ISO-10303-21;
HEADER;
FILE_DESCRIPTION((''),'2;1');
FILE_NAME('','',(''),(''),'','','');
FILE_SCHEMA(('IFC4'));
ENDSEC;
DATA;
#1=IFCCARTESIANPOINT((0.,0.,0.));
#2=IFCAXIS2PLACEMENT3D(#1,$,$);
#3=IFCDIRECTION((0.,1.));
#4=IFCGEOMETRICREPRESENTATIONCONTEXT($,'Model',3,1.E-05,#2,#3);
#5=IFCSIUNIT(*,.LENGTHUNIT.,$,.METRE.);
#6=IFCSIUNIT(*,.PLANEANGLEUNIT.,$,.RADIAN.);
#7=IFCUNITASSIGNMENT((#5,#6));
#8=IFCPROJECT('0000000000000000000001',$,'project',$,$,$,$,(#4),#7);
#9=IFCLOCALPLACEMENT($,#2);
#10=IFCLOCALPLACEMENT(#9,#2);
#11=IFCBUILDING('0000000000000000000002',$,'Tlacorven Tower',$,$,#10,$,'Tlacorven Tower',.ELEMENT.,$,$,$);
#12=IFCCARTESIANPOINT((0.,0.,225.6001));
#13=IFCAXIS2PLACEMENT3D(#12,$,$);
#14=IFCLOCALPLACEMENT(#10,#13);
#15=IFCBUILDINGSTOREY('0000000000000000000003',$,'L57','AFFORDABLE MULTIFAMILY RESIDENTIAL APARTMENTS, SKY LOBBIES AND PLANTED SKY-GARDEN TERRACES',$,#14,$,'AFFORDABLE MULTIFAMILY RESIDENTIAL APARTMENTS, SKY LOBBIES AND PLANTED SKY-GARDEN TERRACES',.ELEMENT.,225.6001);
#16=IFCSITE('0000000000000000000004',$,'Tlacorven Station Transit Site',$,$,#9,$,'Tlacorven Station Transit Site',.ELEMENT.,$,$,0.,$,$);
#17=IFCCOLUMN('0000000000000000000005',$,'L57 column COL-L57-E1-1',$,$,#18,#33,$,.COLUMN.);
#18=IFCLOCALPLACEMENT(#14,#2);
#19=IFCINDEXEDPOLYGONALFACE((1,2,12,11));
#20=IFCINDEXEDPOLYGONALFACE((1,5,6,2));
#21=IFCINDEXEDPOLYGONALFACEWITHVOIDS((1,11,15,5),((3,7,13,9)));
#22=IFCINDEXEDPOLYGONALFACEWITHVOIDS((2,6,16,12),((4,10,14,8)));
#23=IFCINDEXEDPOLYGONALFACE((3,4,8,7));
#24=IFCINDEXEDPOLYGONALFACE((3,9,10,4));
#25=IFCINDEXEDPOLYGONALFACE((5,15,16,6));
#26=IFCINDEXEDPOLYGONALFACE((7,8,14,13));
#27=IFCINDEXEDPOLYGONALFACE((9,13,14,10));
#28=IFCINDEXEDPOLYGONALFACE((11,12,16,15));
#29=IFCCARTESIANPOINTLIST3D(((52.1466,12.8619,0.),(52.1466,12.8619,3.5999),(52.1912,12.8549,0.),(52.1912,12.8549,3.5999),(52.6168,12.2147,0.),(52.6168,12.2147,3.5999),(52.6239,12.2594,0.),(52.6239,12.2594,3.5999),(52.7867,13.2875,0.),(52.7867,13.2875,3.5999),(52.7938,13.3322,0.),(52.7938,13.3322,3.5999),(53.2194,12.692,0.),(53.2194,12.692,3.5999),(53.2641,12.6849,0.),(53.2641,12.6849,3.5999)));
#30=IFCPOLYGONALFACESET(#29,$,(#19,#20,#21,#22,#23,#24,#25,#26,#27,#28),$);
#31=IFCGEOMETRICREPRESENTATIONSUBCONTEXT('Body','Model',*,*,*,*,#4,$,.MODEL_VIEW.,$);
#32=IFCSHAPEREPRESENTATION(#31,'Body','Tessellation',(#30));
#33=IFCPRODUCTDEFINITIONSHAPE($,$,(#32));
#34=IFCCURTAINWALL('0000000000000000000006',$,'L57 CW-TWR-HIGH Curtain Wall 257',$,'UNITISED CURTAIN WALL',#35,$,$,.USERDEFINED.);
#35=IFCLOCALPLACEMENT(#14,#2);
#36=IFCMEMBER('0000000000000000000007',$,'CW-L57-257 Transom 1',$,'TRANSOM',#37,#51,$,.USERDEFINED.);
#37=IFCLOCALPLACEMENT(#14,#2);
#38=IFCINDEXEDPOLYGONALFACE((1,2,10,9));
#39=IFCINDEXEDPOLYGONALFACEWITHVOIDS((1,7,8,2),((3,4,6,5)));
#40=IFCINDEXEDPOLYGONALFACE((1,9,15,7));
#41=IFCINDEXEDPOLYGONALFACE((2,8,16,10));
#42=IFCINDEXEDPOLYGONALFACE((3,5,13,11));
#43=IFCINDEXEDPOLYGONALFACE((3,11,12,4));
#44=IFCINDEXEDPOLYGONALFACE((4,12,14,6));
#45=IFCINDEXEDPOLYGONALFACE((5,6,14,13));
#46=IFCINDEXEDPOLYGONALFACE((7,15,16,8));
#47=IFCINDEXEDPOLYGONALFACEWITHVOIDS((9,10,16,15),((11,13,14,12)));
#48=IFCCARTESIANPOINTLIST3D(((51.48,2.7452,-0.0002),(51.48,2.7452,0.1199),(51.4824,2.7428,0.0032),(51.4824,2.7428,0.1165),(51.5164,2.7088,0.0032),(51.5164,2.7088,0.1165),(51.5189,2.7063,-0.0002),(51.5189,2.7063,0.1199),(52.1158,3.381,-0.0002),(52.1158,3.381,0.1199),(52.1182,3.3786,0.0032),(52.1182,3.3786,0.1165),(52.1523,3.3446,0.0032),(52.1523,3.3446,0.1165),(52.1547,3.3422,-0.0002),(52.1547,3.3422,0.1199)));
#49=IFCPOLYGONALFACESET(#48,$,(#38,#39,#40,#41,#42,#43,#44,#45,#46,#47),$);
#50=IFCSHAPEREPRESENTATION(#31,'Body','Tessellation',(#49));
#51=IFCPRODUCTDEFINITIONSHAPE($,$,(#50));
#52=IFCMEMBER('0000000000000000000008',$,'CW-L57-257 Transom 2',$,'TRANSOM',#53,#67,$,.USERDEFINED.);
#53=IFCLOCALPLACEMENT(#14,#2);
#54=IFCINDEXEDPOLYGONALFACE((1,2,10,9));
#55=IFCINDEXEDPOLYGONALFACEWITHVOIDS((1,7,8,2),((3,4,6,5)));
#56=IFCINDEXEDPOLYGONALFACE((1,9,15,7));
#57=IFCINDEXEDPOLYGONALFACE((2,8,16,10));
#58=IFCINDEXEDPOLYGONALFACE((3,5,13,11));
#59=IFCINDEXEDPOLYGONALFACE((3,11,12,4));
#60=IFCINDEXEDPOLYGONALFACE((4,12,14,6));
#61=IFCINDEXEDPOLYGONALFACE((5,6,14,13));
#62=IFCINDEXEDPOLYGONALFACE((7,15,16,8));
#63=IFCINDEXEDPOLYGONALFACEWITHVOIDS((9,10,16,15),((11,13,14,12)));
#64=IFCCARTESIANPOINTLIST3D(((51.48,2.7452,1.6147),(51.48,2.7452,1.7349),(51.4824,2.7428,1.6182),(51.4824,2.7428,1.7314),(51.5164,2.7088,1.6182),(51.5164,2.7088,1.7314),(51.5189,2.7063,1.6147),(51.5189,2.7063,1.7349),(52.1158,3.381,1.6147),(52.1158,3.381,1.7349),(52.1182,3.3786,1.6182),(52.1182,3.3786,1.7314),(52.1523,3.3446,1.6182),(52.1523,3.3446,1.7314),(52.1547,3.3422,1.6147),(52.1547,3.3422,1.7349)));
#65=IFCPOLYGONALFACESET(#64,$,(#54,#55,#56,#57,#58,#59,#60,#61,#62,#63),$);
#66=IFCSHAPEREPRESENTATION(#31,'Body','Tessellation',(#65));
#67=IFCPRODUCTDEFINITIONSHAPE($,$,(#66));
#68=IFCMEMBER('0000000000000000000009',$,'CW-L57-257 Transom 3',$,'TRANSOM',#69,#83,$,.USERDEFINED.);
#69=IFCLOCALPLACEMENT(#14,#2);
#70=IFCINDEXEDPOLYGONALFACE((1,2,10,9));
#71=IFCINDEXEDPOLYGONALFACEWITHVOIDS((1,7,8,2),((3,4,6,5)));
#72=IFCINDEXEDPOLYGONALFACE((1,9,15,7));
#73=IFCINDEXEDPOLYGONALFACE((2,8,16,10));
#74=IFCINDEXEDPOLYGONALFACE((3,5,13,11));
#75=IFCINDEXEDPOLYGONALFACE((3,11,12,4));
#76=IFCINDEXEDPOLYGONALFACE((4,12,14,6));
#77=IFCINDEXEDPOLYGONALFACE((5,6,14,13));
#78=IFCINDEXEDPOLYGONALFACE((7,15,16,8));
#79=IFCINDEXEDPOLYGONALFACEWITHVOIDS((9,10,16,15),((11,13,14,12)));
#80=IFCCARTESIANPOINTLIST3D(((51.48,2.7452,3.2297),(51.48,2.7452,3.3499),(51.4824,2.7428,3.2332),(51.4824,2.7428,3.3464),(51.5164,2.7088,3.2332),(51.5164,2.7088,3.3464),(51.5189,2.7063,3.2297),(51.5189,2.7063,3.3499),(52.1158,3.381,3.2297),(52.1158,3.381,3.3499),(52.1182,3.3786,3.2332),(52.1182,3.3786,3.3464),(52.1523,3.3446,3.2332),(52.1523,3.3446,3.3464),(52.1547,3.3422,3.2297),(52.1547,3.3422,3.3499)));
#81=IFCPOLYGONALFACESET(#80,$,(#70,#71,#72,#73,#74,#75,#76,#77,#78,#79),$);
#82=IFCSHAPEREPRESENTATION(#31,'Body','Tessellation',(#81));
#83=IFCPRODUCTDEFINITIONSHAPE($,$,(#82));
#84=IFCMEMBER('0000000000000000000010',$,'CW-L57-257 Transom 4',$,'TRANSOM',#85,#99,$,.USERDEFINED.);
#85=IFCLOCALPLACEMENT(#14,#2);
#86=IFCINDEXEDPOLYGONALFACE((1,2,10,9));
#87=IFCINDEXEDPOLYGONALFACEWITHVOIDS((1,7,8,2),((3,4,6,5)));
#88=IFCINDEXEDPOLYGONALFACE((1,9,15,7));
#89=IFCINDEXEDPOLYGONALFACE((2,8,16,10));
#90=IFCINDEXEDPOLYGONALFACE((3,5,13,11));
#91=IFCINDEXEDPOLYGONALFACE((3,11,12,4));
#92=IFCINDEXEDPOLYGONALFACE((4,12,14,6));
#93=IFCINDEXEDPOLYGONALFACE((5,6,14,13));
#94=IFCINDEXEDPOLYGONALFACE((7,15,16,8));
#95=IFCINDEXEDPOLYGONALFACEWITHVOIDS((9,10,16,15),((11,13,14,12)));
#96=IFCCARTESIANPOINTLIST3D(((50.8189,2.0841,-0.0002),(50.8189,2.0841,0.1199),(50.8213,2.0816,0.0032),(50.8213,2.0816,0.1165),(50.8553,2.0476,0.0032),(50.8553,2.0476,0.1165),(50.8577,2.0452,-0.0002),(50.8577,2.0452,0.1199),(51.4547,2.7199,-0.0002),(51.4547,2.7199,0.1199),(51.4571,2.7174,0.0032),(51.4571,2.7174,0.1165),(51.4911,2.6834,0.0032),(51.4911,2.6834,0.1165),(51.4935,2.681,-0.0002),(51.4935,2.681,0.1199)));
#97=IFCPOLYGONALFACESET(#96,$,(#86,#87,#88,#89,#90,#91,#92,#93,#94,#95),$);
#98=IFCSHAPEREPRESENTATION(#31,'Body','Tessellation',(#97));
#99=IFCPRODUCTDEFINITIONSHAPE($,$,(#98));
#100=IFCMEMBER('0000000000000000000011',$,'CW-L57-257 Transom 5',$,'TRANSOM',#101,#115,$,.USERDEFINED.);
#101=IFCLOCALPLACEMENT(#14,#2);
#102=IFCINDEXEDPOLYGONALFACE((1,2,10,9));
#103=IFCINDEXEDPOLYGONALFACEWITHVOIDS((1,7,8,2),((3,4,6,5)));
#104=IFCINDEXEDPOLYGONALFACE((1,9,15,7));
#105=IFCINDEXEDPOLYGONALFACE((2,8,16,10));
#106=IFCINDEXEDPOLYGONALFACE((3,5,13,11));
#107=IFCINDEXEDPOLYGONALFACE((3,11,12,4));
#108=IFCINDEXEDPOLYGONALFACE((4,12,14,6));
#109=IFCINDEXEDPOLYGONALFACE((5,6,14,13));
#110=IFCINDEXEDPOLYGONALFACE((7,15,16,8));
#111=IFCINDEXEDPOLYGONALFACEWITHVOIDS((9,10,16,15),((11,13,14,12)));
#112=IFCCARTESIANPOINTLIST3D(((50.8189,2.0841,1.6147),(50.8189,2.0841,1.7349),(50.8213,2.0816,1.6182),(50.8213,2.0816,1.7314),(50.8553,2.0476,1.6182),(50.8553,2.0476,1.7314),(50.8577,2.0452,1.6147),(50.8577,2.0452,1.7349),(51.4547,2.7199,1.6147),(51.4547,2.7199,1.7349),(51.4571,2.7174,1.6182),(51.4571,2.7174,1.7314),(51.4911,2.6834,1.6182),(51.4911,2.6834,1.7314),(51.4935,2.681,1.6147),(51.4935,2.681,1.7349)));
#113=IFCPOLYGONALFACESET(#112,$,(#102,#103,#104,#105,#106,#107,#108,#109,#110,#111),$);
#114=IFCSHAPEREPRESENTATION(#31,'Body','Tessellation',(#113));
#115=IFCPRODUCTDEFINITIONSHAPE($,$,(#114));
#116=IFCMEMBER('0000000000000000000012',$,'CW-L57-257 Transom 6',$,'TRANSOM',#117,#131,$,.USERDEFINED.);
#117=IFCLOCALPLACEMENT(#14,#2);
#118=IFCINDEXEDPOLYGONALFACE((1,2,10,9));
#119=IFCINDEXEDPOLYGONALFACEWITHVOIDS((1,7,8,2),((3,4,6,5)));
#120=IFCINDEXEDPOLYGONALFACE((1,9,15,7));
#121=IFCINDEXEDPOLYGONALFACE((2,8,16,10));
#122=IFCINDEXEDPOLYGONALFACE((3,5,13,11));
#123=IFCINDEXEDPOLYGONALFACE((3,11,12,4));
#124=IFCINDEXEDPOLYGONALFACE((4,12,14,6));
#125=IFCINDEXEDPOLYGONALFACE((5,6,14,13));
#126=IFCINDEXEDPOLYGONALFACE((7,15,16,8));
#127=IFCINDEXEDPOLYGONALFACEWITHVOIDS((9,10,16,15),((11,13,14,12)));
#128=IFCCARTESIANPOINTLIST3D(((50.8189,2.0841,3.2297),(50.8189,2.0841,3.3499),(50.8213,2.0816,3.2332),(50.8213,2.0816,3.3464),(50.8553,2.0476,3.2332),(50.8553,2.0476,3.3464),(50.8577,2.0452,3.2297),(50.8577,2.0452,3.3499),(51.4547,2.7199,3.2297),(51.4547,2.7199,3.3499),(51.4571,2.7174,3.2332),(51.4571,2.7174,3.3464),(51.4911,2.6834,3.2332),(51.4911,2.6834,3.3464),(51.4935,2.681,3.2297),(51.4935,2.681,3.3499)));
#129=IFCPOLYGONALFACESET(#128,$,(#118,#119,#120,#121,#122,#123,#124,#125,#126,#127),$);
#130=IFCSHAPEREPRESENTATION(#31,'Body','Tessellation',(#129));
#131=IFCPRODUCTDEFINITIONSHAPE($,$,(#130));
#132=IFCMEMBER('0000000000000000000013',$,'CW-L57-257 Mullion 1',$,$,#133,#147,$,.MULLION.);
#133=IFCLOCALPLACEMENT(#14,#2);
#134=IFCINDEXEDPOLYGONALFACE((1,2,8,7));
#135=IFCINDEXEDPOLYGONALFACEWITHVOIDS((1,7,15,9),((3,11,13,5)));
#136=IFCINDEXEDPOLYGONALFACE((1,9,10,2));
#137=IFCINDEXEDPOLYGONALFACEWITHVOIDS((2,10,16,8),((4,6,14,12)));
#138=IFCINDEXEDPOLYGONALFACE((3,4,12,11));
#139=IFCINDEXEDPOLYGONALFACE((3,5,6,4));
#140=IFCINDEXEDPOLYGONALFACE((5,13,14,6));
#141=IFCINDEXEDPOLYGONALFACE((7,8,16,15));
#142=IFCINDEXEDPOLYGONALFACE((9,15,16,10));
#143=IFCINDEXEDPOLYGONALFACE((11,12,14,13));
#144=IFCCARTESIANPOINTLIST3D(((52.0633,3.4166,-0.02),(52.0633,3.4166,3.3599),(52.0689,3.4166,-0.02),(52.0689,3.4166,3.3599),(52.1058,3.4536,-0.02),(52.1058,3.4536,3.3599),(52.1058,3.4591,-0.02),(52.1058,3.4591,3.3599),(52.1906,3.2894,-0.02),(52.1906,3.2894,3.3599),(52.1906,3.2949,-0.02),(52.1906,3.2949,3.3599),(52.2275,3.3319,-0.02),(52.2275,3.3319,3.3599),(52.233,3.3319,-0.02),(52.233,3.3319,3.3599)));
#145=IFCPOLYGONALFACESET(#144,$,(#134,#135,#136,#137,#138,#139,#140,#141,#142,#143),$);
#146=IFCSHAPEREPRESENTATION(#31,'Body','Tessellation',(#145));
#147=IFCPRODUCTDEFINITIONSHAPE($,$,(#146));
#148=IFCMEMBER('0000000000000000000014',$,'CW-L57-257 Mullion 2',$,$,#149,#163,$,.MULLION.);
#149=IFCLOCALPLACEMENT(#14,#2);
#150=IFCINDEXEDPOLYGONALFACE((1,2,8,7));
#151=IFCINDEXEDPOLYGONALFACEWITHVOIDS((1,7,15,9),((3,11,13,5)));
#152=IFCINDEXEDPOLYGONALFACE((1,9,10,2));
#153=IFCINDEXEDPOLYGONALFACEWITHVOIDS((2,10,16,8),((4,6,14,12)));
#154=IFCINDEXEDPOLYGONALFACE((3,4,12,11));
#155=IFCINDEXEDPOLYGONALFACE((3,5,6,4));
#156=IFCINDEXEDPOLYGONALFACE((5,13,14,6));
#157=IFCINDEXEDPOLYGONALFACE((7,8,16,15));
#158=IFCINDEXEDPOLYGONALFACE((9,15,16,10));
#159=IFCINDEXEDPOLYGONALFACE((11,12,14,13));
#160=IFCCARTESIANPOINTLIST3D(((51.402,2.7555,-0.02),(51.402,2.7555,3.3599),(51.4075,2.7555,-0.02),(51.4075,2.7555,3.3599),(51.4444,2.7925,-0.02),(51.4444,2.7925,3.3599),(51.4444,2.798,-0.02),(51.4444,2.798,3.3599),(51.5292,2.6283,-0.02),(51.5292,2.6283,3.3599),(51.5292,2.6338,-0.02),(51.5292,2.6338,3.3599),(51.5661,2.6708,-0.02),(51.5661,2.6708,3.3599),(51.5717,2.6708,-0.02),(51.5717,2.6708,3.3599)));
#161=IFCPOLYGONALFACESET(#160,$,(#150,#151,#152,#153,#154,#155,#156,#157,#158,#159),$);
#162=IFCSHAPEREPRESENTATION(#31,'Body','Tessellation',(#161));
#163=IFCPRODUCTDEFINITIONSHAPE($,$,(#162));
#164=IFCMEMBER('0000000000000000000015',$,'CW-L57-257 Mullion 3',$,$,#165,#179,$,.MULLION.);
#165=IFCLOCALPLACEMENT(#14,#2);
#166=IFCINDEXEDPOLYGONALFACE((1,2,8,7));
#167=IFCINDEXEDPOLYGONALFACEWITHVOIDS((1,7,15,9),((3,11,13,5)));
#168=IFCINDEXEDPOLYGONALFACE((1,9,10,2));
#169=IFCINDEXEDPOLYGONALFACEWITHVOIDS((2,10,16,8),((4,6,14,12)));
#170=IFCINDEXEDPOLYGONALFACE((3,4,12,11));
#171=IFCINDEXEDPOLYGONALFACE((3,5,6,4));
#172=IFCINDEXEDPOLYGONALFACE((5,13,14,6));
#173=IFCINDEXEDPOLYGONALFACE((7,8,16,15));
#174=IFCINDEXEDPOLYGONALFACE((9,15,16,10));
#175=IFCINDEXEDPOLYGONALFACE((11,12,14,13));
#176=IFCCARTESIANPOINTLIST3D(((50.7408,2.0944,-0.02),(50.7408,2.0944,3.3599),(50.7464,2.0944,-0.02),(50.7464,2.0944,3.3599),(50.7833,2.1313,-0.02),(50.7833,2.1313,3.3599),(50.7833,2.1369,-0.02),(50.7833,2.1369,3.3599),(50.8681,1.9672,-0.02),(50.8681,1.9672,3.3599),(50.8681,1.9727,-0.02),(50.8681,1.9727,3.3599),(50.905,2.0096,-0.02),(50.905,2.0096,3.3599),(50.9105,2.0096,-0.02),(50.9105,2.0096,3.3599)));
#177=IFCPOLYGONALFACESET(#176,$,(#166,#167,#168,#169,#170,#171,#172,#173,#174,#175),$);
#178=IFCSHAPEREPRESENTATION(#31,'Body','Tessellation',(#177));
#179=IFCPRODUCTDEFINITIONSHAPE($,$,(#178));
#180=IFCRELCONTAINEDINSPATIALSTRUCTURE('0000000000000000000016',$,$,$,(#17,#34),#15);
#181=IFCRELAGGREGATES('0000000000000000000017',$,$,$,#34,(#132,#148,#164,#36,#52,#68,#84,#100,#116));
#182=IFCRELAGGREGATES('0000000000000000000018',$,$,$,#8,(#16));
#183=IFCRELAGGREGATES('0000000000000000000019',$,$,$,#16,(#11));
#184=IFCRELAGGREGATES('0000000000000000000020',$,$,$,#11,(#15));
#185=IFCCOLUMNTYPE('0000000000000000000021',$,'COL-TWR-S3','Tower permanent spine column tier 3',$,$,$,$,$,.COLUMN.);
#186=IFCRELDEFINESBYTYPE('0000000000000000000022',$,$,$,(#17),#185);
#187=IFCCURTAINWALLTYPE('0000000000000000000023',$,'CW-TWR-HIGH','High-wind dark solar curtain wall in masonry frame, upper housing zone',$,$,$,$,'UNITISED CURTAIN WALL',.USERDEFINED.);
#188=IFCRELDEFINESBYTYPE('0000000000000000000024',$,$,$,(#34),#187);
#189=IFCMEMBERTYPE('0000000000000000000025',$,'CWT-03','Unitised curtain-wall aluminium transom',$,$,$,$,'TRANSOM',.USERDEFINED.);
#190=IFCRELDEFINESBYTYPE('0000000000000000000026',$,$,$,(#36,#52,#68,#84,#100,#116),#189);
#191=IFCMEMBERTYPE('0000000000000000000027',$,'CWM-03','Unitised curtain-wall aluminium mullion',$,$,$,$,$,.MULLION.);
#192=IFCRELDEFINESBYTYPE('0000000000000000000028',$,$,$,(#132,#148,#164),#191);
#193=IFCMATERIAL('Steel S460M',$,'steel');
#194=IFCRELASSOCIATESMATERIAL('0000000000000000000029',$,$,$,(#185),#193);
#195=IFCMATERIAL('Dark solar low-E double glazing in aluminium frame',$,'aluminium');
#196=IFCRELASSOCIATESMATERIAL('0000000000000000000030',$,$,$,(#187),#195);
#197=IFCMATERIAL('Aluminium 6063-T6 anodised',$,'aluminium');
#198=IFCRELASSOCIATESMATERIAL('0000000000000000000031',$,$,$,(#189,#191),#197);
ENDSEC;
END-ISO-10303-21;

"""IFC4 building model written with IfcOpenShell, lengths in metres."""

from ifc_helpers import new_model, si_unit, direction, frame, origin, origin_2d, place, context, subcontext, project, spatial, hollow_rectangle, extrude, source, transform, mapped, material, material_profile, profile_set, type_object, element, aggregate, save


model = new_model("IFC4")

# Units and contexts
model_context = context("Model", 3, precision=1e-05, world=origin(), true_north=direction((0.0, 1.0)))
body_context = subcontext(model_context, "Body", "Model", "MODEL_VIEW")
ifc_project = project(units=[si_unit("LENGTHUNIT", "METRE"), si_unit("PLANEANGLEUNIT", "RADIAN")], contexts=[model_context])

# Site, building, storey
site_placement = place(None, origin())
site = spatial("IfcSite", under=ifc_project, at=site_placement, Name="Tlacorven Station Transit Site", LongName="Tlacorven Station Transit Site", CompositionType="ELEMENT", RefElevation=0.0)
building_placement = place(site_placement, origin())
building = spatial("IfcBuilding", under=site, at=building_placement, Name="Tlacorven Tower", LongName="Tlacorven Tower", CompositionType="ELEMENT")
storey_placement = place(building_placement, frame((0.0, 0.0, 225.6001)))
storey = spatial("IfcBuildingStorey", under=building, at=storey_placement, Name="L57", Description="AFFORDABLE MULTIFAMILY RESIDENTIAL APARTMENTS, SKY LOBBIES AND PLANTED SKY-GARDEN TERRACES", LongName="AFFORDABLE MULTIFAMILY RESIDENTIAL APARTMENTS, SKY LOBBIES AND PLANTED SKY-GARDEN TERRACES", CompositionType="ELEMENT", Elevation=225.6001)

# Column
ifc_material_1 = material(Name="Steel S460M", Category="steel")
ifc_material_profile_1 = material_profile(ifc_material_1, hollow_rectangle(XDim=0.8, YDim=0.8, WallThickness=0.032, at=origin_2d()), Name="BOX 800X800X32")
ifc_profile_set_1 = profile_set([ifc_material_profile_1], Name="Steel S460M")
column_type = type_object("IfcColumnType", Name="COL-TWR-S3", Description="Tower permanent spine column tier 3", PredefinedType="COLUMN", material=ifc_profile_set_1)
shared_shape_1 = source(origin(), body_context, "Body", "SweptSolid", [
    extrude(hollow_rectangle(XDim=0.8, YDim=0.8, WallThickness=0.032, at=origin_2d()), origin(), (0.0, 0.0, 1.0), 3.5999),
])
column_placement = place(storey_placement, frame((52.7053, 12.7734, 0.0), z_axis=(0.0, 0.0, 1.0), x_axis=(0.809017, 0.587785, 0.0)))
element("IfcColumn", 1, at=column_placement, inside=storey, type_object=column_type, Name="L57 column COL-L57-E1-1", PredefinedType="COLUMN", context=body_context, shape_type="MappedRepresentation", body=[
    mapped(shared_shape_1, transform((0.0, 0.0, 0.0), scale=1.0)),
])

# Curtain wall, members
ifc_material_2 = material(Name="Dark solar low-E double glazing in aluminium frame", Category="aluminium")
curtain_wall_type = type_object("IfcCurtainWallType", Name="CW-TWR-HIGH", Description="High-wind dark solar curtain wall in masonry frame, upper housing zone", ElementType="UNITISED CURTAIN WALL", PredefinedType="USERDEFINED", material=ifc_material_2)
curtain_wall_placement = place(storey_placement, origin())
curtain_wall = element("IfcCurtainWall", 2, at=curtain_wall_placement, inside=storey, type_object=curtain_wall_type, Name="L57 CW-TWR-HIGH Curtain Wall 257", ObjectType="UNITISED CURTAIN WALL", PredefinedType="USERDEFINED")
ifc_material_3 = material(Name="Aluminium 6063-T6 anodised", Category="aluminium")
ifc_material_profile_2 = material_profile(ifc_material_3, hollow_rectangle(XDim=0.0549, YDim=0.1201, WallThickness=0.0034, at=origin_2d()), Name="ALU TRANSOM 55X120")
ifc_profile_set_2 = profile_set([ifc_material_profile_2], Name="Aluminium 6063-T6 anodised")
member_type_1 = type_object("IfcMemberType", Name="CWT-03", Description="Unitised curtain-wall aluminium transom", ElementType="TRANSOM", PredefinedType="USERDEFINED", material=ifc_profile_set_2)
shared_shape_2 = source(origin(), body_context, "Body", "SweptSolid", [
    extrude(hollow_rectangle(XDim=0.0549, YDim=0.1201, WallThickness=0.0034, at=origin_2d()), origin(), (0.0, 0.0, 1.0), 0.8992),
])
member_1_placement = place(storey_placement, frame((52.1353, 3.3616, 0.0598), z_axis=(-0.707107, -0.707107, 0.0), x_axis=(0.707107, -0.707107, 0.0)))
member_1 = element("IfcMember", 3, at=member_1_placement, type_object=member_type_1, Name="CW-L57-257 Transom 1", ObjectType="TRANSOM", PredefinedType="USERDEFINED", context=body_context, shape_type="MappedRepresentation", body=[
    mapped(shared_shape_2, transform((0.0, 0.0, 0.0), scale=1.0)),
])
member_2_placement = place(storey_placement, frame((52.1353, 3.3616, 1.6748), z_axis=(-0.707107, -0.707107, 0.0), x_axis=(0.707107, -0.707107, 0.0)))
member_2 = element("IfcMember", 4, at=member_2_placement, type_object=member_type_1, Name="CW-L57-257 Transom 2", ObjectType="TRANSOM", PredefinedType="USERDEFINED", context=body_context, shape_type="MappedRepresentation", body=[
    mapped(shared_shape_2, transform((0.0, 0.0, 0.0), scale=1.0)),
])
member_3_placement = place(storey_placement, frame((52.1353, 3.3616, 3.2898), z_axis=(-0.707107, -0.707107, 0.0), x_axis=(0.707107, -0.707107, 0.0)))
member_3 = element("IfcMember", 5, at=member_3_placement, type_object=member_type_1, Name="CW-L57-257 Transom 3", ObjectType="TRANSOM", PredefinedType="USERDEFINED", context=body_context, shape_type="MappedRepresentation", body=[
    mapped(shared_shape_2, transform((0.0, 0.0, 0.0), scale=1.0)),
])
member_4_placement = place(storey_placement, frame((51.4741, 2.7004, 0.0598), z_axis=(-0.707107, -0.707107, 0.0), x_axis=(0.707107, -0.707107, 0.0)))
member_4 = element("IfcMember", 6, at=member_4_placement, type_object=member_type_1, Name="CW-L57-257 Transom 4", ObjectType="TRANSOM", PredefinedType="USERDEFINED", context=body_context, shape_type="MappedRepresentation", body=[
    mapped(shared_shape_2, transform((0.0, 0.0, 0.0), scale=1.0)),
])
member_5_placement = place(storey_placement, frame((51.4741, 2.7004, 1.6748), z_axis=(-0.707107, -0.707107, 0.0), x_axis=(0.707107, -0.707107, 0.0)))
member_5 = element("IfcMember", 7, at=member_5_placement, type_object=member_type_1, Name="CW-L57-257 Transom 5", ObjectType="TRANSOM", PredefinedType="USERDEFINED", context=body_context, shape_type="MappedRepresentation", body=[
    mapped(shared_shape_2, transform((0.0, 0.0, 0.0), scale=1.0)),
])
member_6_placement = place(storey_placement, frame((51.4741, 2.7004, 3.2898), z_axis=(-0.707107, -0.707107, 0.0), x_axis=(0.707107, -0.707107, 0.0)))
member_6 = element("IfcMember", 8, at=member_6_placement, type_object=member_type_1, Name="CW-L57-257 Transom 6", ObjectType="TRANSOM", PredefinedType="USERDEFINED", context=body_context, shape_type="MappedRepresentation", body=[
    mapped(shared_shape_2, transform((0.0, 0.0, 0.0), scale=1.0)),
])
ifc_material_profile_3 = material_profile(ifc_material_3, hollow_rectangle(XDim=0.0601, YDim=0.1799, WallThickness=0.0039, at=origin_2d()), Name="ALU MULLION 60X180")
ifc_profile_set_3 = profile_set([ifc_material_profile_3], Name="Aluminium 6063-T6 anodised")
member_type_2 = type_object("IfcMemberType", Name="CWM-03", Description="Unitised curtain-wall aluminium mullion", PredefinedType="MULLION", material=ifc_profile_set_3)
shared_shape_3 = source(origin(), body_context, "Body", "SweptSolid", [
    extrude(hollow_rectangle(XDim=0.0601, YDim=0.1799, WallThickness=0.0039, at=origin_2d()), origin(), (0.0, 0.0, 1.0), 3.3799),
])
member_7_placement = place(storey_placement, frame((52.1482, 3.3743, -0.02), z_axis=(0.0, 0.0, 1.0), x_axis=(-0.707107, -0.707107, 0.0)))
member_7 = element("IfcMember", 9, at=member_7_placement, type_object=member_type_2, Name="CW-L57-257 Mullion 1", PredefinedType="MULLION", context=body_context, shape_type="MappedRepresentation", body=[
    mapped(shared_shape_3, transform((0.0, 0.0, 0.0), scale=1.0)),
])
member_8_placement = place(storey_placement, frame((51.4868, 2.7131, -0.02), z_axis=(0.0, 0.0, 1.0), x_axis=(-0.707107, -0.707107, 0.0)))
member_8 = element("IfcMember", 10, at=member_8_placement, type_object=member_type_2, Name="CW-L57-257 Mullion 2", PredefinedType="MULLION", context=body_context, shape_type="MappedRepresentation", body=[
    mapped(shared_shape_3, transform((0.0, 0.0, 0.0), scale=1.0)),
])
member_9_placement = place(storey_placement, frame((50.8257, 2.052, -0.02), z_axis=(0.0, 0.0, 1.0), x_axis=(-0.707107, -0.707107, 0.0)))
member_9 = element("IfcMember", 11, at=member_9_placement, type_object=member_type_2, Name="CW-L57-257 Mullion 3", PredefinedType="MULLION", context=body_context, shape_type="MappedRepresentation", body=[
    mapped(shared_shape_3, transform((0.0, 0.0, 0.0), scale=1.0)),
])
aggregate(curtain_wall, [member_7, member_8, member_9, member_1, member_2, member_3, member_4, member_5, member_6])

save(model, "model.ifc")
